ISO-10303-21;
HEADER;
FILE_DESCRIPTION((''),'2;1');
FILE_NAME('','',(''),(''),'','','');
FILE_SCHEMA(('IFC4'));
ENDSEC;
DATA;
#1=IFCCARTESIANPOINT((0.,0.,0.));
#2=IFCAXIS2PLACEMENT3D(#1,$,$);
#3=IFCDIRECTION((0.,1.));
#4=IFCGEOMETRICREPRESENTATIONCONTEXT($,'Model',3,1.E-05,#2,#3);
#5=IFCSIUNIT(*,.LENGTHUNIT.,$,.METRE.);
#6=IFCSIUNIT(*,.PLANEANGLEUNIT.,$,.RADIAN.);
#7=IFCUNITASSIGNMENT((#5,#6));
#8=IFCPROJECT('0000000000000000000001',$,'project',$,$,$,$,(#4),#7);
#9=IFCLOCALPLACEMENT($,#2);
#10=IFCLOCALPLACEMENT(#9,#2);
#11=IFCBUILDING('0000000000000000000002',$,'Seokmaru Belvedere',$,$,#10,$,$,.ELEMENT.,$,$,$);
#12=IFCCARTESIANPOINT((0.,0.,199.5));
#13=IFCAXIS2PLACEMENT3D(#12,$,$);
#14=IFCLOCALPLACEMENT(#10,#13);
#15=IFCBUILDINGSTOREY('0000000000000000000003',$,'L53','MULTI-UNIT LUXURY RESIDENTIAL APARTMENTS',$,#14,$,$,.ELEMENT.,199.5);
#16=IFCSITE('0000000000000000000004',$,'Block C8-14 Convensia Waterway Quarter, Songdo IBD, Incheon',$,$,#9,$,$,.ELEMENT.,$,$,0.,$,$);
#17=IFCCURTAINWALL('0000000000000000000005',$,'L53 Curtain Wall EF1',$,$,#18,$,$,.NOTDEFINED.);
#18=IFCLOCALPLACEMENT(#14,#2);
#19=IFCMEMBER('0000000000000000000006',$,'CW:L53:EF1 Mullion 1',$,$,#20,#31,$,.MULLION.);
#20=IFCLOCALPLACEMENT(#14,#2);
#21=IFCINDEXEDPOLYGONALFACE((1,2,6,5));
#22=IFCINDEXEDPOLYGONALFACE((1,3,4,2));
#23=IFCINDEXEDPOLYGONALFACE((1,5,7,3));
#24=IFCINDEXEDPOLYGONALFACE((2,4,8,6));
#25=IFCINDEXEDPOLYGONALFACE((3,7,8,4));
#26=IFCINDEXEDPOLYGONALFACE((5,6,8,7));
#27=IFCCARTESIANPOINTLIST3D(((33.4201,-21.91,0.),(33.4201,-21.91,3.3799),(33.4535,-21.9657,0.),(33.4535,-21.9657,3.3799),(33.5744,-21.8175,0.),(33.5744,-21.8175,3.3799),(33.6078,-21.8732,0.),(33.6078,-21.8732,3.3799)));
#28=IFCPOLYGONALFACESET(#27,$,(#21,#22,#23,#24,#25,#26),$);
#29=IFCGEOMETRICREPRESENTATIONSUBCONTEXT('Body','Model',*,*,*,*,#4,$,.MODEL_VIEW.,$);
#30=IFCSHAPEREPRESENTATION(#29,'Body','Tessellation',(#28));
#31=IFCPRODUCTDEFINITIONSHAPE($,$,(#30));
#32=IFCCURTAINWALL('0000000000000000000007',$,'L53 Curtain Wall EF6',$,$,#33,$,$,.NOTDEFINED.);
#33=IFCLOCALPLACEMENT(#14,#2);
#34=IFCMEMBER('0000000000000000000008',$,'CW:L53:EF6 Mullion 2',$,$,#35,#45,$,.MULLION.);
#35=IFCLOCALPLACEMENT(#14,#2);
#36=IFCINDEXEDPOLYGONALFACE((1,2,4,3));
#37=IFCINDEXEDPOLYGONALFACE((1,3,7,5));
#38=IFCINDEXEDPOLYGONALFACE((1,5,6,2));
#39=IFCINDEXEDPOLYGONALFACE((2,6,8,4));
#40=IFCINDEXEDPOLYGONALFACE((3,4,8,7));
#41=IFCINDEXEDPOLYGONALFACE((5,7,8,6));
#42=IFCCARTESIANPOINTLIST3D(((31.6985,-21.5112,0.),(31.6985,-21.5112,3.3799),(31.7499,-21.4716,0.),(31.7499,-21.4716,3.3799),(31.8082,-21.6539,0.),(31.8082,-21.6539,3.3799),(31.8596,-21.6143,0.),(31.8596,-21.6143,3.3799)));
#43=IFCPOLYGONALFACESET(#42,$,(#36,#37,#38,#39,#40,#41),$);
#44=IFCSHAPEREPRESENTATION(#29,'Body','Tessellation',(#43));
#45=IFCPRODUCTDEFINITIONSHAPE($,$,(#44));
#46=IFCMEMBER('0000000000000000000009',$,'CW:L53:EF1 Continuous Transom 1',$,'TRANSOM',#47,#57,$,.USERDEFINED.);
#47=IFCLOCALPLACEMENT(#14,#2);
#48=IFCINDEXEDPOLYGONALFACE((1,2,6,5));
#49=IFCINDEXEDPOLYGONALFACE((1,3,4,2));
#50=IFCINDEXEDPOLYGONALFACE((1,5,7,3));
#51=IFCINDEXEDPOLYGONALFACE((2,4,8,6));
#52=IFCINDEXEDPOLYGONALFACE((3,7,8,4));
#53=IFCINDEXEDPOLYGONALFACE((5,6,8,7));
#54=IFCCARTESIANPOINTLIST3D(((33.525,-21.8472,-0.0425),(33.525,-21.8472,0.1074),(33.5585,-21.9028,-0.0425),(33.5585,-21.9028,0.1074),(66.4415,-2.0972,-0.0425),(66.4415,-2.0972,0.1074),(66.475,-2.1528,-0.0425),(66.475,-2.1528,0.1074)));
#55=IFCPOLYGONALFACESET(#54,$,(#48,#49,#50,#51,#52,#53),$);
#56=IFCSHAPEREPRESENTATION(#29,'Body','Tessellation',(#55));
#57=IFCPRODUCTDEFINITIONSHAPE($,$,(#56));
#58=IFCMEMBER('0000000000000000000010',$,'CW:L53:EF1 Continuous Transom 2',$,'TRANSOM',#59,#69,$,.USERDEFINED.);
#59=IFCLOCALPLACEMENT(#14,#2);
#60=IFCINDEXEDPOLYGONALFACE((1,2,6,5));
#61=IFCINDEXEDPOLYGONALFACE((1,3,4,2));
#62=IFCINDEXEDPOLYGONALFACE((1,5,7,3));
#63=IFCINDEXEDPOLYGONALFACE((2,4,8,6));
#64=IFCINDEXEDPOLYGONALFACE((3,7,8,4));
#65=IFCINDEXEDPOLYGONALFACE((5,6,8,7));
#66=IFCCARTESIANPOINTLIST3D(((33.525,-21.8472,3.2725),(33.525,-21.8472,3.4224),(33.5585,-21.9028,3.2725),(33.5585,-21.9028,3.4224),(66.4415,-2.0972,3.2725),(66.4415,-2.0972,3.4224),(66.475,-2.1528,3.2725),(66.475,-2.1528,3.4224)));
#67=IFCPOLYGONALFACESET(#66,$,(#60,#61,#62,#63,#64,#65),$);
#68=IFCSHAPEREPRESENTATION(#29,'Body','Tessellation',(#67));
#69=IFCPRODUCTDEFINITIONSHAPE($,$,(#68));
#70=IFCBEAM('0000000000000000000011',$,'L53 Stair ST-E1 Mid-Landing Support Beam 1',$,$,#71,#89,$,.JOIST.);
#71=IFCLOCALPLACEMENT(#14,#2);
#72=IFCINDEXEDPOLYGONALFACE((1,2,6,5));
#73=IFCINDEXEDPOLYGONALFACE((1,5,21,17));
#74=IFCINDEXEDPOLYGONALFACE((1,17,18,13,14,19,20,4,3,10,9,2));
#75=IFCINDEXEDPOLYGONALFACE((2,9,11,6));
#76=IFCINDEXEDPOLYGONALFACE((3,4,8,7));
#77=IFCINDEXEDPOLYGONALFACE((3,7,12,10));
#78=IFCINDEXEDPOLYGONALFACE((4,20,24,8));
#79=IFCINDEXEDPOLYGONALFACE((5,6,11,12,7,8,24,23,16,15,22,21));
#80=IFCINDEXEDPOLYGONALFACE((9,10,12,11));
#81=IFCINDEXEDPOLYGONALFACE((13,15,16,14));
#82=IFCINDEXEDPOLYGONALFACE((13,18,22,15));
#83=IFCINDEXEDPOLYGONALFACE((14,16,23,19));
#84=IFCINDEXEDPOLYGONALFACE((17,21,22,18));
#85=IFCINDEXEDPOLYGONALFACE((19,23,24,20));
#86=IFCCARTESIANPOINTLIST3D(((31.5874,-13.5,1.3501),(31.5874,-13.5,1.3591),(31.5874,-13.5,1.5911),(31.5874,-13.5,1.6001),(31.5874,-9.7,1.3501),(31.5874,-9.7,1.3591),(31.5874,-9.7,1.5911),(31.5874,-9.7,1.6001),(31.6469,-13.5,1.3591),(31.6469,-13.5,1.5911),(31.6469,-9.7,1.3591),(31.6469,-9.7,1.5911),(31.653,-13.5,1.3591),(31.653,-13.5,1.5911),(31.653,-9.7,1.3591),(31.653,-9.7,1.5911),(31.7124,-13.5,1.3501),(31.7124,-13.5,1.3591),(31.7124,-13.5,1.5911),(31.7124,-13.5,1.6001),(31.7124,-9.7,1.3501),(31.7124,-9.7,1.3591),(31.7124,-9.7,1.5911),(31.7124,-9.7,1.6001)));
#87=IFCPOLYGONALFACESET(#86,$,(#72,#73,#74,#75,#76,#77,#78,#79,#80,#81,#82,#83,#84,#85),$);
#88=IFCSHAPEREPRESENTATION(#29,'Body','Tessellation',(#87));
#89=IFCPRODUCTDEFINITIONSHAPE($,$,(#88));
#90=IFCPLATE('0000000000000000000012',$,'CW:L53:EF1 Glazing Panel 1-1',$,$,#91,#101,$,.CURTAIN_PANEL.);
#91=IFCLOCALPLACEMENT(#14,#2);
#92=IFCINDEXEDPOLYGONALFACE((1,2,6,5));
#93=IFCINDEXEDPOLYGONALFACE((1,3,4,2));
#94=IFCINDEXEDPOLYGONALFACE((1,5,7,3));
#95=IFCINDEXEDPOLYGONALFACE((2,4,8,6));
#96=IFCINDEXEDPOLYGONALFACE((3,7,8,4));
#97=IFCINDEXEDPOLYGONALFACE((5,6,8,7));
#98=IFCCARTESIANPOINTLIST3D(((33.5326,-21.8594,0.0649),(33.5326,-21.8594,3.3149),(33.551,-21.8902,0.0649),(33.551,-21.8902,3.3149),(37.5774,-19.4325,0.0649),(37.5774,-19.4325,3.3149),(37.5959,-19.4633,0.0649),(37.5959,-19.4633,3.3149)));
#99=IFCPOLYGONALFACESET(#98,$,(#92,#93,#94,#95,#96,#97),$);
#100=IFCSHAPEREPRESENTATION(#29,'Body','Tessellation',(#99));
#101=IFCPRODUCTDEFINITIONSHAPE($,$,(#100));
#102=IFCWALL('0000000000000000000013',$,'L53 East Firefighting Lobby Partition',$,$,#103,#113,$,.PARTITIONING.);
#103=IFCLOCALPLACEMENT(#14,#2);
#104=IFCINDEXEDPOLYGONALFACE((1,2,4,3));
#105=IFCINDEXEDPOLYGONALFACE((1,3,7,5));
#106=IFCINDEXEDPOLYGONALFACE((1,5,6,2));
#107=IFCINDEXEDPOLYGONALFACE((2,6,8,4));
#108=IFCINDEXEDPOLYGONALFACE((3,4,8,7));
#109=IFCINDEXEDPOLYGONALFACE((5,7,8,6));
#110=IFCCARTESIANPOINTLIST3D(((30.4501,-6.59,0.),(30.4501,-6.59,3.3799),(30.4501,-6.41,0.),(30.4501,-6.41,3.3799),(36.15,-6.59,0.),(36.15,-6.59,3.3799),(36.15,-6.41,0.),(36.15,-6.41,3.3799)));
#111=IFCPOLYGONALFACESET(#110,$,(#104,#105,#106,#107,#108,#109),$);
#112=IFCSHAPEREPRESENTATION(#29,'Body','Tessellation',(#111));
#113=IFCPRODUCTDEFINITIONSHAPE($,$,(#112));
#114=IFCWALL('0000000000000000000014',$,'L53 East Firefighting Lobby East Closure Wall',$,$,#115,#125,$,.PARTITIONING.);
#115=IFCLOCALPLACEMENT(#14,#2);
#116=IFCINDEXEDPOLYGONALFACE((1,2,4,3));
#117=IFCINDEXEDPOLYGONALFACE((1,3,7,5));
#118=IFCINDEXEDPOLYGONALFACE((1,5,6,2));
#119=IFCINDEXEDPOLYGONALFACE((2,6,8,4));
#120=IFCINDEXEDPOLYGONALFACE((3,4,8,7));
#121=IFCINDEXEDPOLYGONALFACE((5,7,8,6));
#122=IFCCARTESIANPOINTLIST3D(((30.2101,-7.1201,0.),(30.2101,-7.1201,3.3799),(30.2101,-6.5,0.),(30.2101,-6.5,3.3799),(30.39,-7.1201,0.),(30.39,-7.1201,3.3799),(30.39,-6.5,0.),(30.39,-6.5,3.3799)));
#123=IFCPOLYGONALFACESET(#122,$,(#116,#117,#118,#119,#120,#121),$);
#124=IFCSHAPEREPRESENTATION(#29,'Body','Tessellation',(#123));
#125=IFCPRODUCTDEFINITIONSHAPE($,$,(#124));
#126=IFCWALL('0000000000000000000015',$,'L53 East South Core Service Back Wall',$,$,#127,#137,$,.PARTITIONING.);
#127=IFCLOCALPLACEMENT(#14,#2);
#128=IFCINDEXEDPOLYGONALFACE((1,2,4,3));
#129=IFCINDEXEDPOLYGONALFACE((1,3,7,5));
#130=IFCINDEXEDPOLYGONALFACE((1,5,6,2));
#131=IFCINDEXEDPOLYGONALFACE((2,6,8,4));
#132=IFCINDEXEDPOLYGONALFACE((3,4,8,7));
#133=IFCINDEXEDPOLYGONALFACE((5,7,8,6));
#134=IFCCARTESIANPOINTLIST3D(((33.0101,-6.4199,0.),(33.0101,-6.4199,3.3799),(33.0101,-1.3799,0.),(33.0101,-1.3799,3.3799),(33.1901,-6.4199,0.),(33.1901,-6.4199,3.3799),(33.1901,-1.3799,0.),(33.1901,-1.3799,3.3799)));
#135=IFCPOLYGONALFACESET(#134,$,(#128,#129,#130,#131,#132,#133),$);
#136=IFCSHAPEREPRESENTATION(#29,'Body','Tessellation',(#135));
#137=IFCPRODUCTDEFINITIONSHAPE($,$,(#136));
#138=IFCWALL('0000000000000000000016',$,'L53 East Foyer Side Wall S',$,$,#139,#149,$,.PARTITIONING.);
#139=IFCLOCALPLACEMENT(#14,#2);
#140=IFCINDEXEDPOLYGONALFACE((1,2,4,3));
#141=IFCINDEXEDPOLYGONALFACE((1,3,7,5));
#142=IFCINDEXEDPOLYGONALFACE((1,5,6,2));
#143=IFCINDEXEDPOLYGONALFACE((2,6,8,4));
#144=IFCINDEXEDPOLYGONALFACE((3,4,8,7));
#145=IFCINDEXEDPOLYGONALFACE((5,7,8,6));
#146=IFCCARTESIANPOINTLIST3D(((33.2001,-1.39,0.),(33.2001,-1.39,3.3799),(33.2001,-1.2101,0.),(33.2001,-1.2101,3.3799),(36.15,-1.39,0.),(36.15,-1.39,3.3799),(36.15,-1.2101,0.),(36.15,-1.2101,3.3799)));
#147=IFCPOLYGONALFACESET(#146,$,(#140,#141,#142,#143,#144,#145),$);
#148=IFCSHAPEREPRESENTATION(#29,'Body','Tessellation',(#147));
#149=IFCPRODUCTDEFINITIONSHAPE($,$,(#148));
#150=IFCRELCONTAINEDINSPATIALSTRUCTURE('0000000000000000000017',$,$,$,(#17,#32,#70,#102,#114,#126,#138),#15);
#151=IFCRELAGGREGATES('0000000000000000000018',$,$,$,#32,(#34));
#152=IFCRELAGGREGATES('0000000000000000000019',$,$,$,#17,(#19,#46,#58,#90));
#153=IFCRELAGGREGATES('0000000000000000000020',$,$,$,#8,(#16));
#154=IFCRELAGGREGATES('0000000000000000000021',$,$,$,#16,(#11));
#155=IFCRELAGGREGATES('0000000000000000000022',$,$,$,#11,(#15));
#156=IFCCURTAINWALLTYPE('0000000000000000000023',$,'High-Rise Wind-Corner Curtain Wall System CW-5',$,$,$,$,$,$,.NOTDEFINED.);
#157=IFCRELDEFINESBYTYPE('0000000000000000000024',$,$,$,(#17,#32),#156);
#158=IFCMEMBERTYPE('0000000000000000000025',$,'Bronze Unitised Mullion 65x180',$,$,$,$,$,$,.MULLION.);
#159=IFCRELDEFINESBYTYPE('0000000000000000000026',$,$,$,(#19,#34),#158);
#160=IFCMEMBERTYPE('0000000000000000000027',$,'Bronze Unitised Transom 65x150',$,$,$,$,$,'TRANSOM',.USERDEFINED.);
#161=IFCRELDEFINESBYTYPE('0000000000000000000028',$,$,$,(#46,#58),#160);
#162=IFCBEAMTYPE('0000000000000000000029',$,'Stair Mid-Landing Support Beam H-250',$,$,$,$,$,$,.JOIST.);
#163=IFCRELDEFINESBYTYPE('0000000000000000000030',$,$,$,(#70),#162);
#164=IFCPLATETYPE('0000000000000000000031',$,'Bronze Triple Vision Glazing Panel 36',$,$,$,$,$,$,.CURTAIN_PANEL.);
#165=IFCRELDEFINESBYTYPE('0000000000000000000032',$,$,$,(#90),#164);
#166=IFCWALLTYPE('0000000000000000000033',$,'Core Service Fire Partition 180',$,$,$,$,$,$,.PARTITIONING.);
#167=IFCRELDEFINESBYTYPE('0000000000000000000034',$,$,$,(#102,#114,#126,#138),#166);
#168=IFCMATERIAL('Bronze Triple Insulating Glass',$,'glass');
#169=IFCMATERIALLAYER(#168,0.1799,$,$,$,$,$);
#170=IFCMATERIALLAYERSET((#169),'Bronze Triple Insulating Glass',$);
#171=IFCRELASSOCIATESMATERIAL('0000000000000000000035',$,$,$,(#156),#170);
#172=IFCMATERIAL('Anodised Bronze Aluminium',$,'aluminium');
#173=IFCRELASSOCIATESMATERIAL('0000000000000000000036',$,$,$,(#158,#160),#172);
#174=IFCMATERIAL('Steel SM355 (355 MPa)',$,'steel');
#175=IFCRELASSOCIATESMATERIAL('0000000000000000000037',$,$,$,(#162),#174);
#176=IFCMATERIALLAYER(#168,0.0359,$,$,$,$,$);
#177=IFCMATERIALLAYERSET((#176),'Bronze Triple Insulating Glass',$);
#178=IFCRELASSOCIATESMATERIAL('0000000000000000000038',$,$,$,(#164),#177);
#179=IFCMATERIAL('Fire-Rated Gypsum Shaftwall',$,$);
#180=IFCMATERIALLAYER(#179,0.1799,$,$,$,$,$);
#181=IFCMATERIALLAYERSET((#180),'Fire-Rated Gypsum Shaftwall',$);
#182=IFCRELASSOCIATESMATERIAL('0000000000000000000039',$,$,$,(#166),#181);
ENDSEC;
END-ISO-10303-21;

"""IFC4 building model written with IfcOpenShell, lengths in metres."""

from ifc_helpers import new_model, si_unit, direction, frame, frame_2d, origin, origin_2d, place, context, subcontext, project, spatial, rectangle, i_section, extrude, source, transform, mapped, material, layer, layer_set, material_profile, profile_set, type_object, type_shapes, element, aggregate, save


model = new_model("IFC4")

# Units and contexts
model_context = context("Model", 3, precision=1e-05, world=origin(), true_north=direction((0.0, 1.0)))
body_context = subcontext(model_context, "Body", "Model", "MODEL_VIEW")
ifc_project = project(units=[si_unit("LENGTHUNIT", "METRE"), si_unit("PLANEANGLEUNIT", "RADIAN")], contexts=[model_context])

# Site, building, storey
site_placement = place(None, origin())
site = spatial("IfcSite", under=ifc_project, at=site_placement, Name="Block C8-14 Convensia Waterway Quarter, Songdo IBD, Incheon", CompositionType="ELEMENT", RefElevation=0.0)
building_placement = place(site_placement, origin())
building = spatial("IfcBuilding", under=site, at=building_placement, Name="Seokmaru Belvedere", CompositionType="ELEMENT")
storey_placement = place(building_placement, frame((0.0, 0.0, 199.5)))
storey = spatial("IfcBuildingStorey", under=building, at=storey_placement, Name="L53", Description="MULTI-UNIT LUXURY RESIDENTIAL APARTMENTS", CompositionType="ELEMENT", Elevation=199.5)

# Shared definitions
ifc_material_1 = material(Name="Steel SM355 (355 MPa)", Category="steel")

# Curtain walls, members
ifc_material_2 = material(Name="Bronze Triple Insulating Glass", Category="glass")
ifc_layer_1 = layer(ifc_material_2, 0.1799)
ifc_layer_set_1 = layer_set([ifc_layer_1], Name="Bronze Triple Insulating Glass")
curtain_wall_type = type_object("IfcCurtainWallType", Name="High-Rise Wind-Corner Curtain Wall System CW-5", PredefinedType="NOTDEFINED", material=ifc_layer_set_1)
curtain_wall_1_placement = place(storey_placement, origin())
curtain_wall_1 = element("IfcCurtainWall", 1, at=curtain_wall_1_placement, inside=storey, type_object=curtain_wall_type, Name="L53 Curtain Wall EF1", PredefinedType="NOTDEFINED")
ifc_material_3 = material(Name="Anodised Bronze Aluminium", Category="aluminium")
ifc_material_profile_1 = material_profile(ifc_material_3, rectangle(XDim=0.0649, YDim=0.1799, at=origin_2d()), Name="CW-M-65x180")
ifc_profile_set_1 = profile_set([ifc_material_profile_1], Name="Anodised Bronze Aluminium")
member_type_1 = type_object("IfcMemberType", Name="Bronze Unitised Mullion 65x180", PredefinedType="MULLION", material=ifc_profile_set_1)
shared_shape_1 = source(origin(), body_context, "Body", "SweptSolid", [
    extrude(rectangle(XDim=0.0649, YDim=0.1799, at=origin_2d()), origin(), (0.0, 0.0, 1.0), 3.3799),
])
type_shapes(member_type_1, [shared_shape_1])
member_1_placement = place(storey_placement, frame((33.5139, -21.8916, 0.0), z_axis=(0.0, 0.0, 1.0), x_axis=(-0.514495, 0.857493, 0.0)))
member_1 = element("IfcMember", 2, at=member_1_placement, type_object=member_type_1, Name="CW:L53:EF1 Mullion 1", PredefinedType="MULLION", context=body_context, shape_type="MappedRepresentation", body=[
    mapped(shared_shape_1, transform((0.0, 0.0, 0.0), scale=1.0)),
])
curtain_wall_2_placement = place(storey_placement, origin())
curtain_wall_2 = element("IfcCurtainWall", 3, at=curtain_wall_2_placement, inside=storey, type_object=curtain_wall_type, Name="L53 Curtain Wall EF6", PredefinedType="NOTDEFINED")
member_2_placement = place(storey_placement, frame((31.7791, -21.5627, 0.0), z_axis=(0.0, 0.0, 1.0), x_axis=(0.792631, 0.609701, 0.0)))
member_2 = element("IfcMember", 4, at=member_2_placement, type_object=member_type_1, Name="CW:L53:EF6 Mullion 2", PredefinedType="MULLION", context=body_context, shape_type="MappedRepresentation", body=[
    mapped(shared_shape_1, transform((0.0, 0.0, 0.0), scale=1.0)),
])
aggregate(curtain_wall_2, [member_2])

# Members
ifc_material_profile_2 = material_profile(ifc_material_3, rectangle(XDim=0.0649, YDim=0.1499, at=origin_2d()), Name="CW-T-65x150")
ifc_profile_set_2 = profile_set([ifc_material_profile_2], Name="Anodised Bronze Aluminium")
member_type_2 = type_object("IfcMemberType", Name="Bronze Unitised Transom 65x150", ElementType="TRANSOM", PredefinedType="USERDEFINED", material=ifc_profile_set_2)
shared_shape_2 = source(origin(), body_context, "Body", "SweptSolid", [
    extrude(rectangle(XDim=0.0649, YDim=0.1499, at=origin_2d()), origin(), (0.0, 0.0, 1.0), 38.387),
])
type_shapes(member_type_2, [shared_shape_2])
member_3_placement = place(storey_placement, frame((33.5417, -21.875, 0.0325), z_axis=(0.857492, 0.514498, 0.0), x_axis=(-0.514498, 0.857492, 0.0)))
member_3 = element("IfcMember", 5, at=member_3_placement, type_object=member_type_2, Name="CW:L53:EF1 Continuous Transom 1", ObjectType="TRANSOM", PredefinedType="USERDEFINED", context=body_context, shape_type="MappedRepresentation", body=[
    mapped(shared_shape_2, transform((0.0, 0.0, 0.0), scale=1.0)),
])
member_4_placement = place(storey_placement, frame((33.5417, -21.875, 3.3474), z_axis=(0.857492, 0.514498, 0.0), x_axis=(-0.514498, 0.857492, 0.0)))
member_4 = element("IfcMember", 6, at=member_4_placement, type_object=member_type_2, Name="CW:L53:EF1 Continuous Transom 2", ObjectType="TRANSOM", PredefinedType="USERDEFINED", context=body_context, shape_type="MappedRepresentation", body=[
    mapped(shared_shape_2, transform((0.0, 0.0, 0.0), scale=1.0)),
])

# Beam
ifc_material_profile_3 = material_profile(ifc_material_1, i_section(OverallWidth=0.125, OverallDepth=0.25, WebThickness=0.0061, FlangeThickness=0.009, at=origin_2d()), Name="H-250x125x6x9")
ifc_profile_set_3 = profile_set([ifc_material_profile_3], Name="Steel SM355 (355 MPa)")
beam_type_1 = type_object("IfcBeamType", Name="Stair Mid-Landing Support Beam H-250", PredefinedType="JOIST", material=ifc_profile_set_3)
shared_shape_3 = source(origin(), body_context, "Body", "SweptSolid", [
    extrude(i_section(OverallWidth=0.125, OverallDepth=0.25, WebThickness=0.0061, FlangeThickness=0.009, at=origin_2d()), origin(), (0.0, 0.0, 1.0), 3.8),
])
type_shapes(beam_type_1, [shared_shape_3])
beam_1_placement = place(storey_placement, frame((31.6499, -13.5, 1.4751), z_axis=(0.0, 1.0, 0.0), x_axis=(-1.0, 0.0, 0.0)))
element("IfcBeam", 7, at=beam_1_placement, inside=storey, type_object=beam_type_1, Name="L53 Stair ST-E1 Mid-Landing Support Beam 1", PredefinedType="JOIST", context=body_context, shape_type="MappedRepresentation", body=[
    mapped(shared_shape_3, transform((0.0, 0.0, 0.0), scale=1.0)),
])

# Plate
ifc_layer_2 = layer(ifc_material_2, 0.0359)
ifc_layer_set_2 = layer_set([ifc_layer_2], Name="Bronze Triple Insulating Glass")
plate_type = type_object("IfcPlateType", Name="Bronze Triple Vision Glazing Panel 36", PredefinedType="CURTAIN_PANEL", material=ifc_layer_set_2)
shared_shape_4 = source(origin(), body_context, "Body", "SweptSolid", [
    extrude(rectangle(XDim=4.717, YDim=0.0359, at=origin_2d()), origin(), (0.0, 0.0, 1.0), 3.25),
])
type_shapes(plate_type, [shared_shape_4])
plate_placement = place(storey_placement, frame((35.5642, -20.6614, 0.0649), z_axis=(0.0, 0.0, 1.0), x_axis=(0.857493, 0.514495, 0.0)))
plate = element("IfcPlate", 8, at=plate_placement, type_object=plate_type, Name="CW:L53:EF1 Glazing Panel 1-1", PredefinedType="CURTAIN_PANEL", context=body_context, shape_type="MappedRepresentation", body=[
    mapped(shared_shape_4, transform((0.0, 0.0, 0.0), scale=1.0)),
])
aggregate(curtain_wall_1, [member_1, member_3, member_4, plate])

# Walls
ifc_material_4 = material(Name="Fire-Rated Gypsum Shaftwall")
ifc_layer_3 = layer(ifc_material_4, 0.1799)
ifc_layer_set_3 = layer_set([ifc_layer_3], Name="Fire-Rated Gypsum Shaftwall")
wall_type_1 = type_object("IfcWallType", Name="Core Service Fire Partition 180", PredefinedType="PARTITIONING", material=ifc_layer_set_3)
wall_1_placement = place(storey_placement, frame((30.45, -6.5, 0.0), z_axis=(0.0, 0.0, 1.0), x_axis=(1.0, 0.0, 0.0)))
element("IfcWall", 9, at=wall_1_placement, inside=storey, type_object=wall_type_1, Name="L53 East Firefighting Lobby Partition", PredefinedType="PARTITIONING", context=body_context, shape_type="SweptSolid", body=[
    extrude(rectangle(XDim=5.7, YDim=0.1799, at=frame_2d((2.8501, 0.0))), origin(), (0.0, 0.0, 1.0), 3.3799),
])
wall_2_placement = place(storey_placement, frame((30.3, -7.1201, 0.0), z_axis=(0.0, 0.0, 1.0), x_axis=(0.0, 1.0, 0.0)))
element("IfcWall", 10, at=wall_2_placement, inside=storey, type_object=wall_type_1, Name="L53 East Firefighting Lobby East Closure Wall", PredefinedType="PARTITIONING", context=body_context, shape_type="SweptSolid", body=[
    extrude(rectangle(XDim=0.6201, YDim=0.1799, at=frame_2d((0.3101, 0.0))), origin(), (0.0, 0.0, 1.0), 3.3799),
])
wall_3_placement = place(storey_placement, frame((33.1001, -6.4199, 0.0), z_axis=(0.0, 0.0, 1.0), x_axis=(0.0, 1.0, 0.0)))
element("IfcWall", 11, at=wall_3_placement, inside=storey, type_object=wall_type_1, Name="L53 East South Core Service Back Wall", PredefinedType="PARTITIONING", context=body_context, shape_type="SweptSolid", body=[
    extrude(rectangle(XDim=5.04, YDim=0.1799, at=frame_2d((2.52, 0.0))), origin(), (0.0, 0.0, 1.0), 3.3799),
])
wall_4_placement = place(storey_placement, frame((33.2, -1.3, 0.0), z_axis=(0.0, 0.0, 1.0), x_axis=(1.0, 0.0, 0.0)))
element("IfcWall", 12, at=wall_4_placement, inside=storey, type_object=wall_type_1, Name="L53 East Foyer Side Wall S", PredefinedType="PARTITIONING", context=body_context, shape_type="SweptSolid", body=[
    extrude(rectangle(XDim=2.95, YDim=0.1799, at=frame_2d((1.4751, 0.0))), origin(), (0.0, 0.0, 1.0), 3.3799),
])

save(model, "model.ifc")
